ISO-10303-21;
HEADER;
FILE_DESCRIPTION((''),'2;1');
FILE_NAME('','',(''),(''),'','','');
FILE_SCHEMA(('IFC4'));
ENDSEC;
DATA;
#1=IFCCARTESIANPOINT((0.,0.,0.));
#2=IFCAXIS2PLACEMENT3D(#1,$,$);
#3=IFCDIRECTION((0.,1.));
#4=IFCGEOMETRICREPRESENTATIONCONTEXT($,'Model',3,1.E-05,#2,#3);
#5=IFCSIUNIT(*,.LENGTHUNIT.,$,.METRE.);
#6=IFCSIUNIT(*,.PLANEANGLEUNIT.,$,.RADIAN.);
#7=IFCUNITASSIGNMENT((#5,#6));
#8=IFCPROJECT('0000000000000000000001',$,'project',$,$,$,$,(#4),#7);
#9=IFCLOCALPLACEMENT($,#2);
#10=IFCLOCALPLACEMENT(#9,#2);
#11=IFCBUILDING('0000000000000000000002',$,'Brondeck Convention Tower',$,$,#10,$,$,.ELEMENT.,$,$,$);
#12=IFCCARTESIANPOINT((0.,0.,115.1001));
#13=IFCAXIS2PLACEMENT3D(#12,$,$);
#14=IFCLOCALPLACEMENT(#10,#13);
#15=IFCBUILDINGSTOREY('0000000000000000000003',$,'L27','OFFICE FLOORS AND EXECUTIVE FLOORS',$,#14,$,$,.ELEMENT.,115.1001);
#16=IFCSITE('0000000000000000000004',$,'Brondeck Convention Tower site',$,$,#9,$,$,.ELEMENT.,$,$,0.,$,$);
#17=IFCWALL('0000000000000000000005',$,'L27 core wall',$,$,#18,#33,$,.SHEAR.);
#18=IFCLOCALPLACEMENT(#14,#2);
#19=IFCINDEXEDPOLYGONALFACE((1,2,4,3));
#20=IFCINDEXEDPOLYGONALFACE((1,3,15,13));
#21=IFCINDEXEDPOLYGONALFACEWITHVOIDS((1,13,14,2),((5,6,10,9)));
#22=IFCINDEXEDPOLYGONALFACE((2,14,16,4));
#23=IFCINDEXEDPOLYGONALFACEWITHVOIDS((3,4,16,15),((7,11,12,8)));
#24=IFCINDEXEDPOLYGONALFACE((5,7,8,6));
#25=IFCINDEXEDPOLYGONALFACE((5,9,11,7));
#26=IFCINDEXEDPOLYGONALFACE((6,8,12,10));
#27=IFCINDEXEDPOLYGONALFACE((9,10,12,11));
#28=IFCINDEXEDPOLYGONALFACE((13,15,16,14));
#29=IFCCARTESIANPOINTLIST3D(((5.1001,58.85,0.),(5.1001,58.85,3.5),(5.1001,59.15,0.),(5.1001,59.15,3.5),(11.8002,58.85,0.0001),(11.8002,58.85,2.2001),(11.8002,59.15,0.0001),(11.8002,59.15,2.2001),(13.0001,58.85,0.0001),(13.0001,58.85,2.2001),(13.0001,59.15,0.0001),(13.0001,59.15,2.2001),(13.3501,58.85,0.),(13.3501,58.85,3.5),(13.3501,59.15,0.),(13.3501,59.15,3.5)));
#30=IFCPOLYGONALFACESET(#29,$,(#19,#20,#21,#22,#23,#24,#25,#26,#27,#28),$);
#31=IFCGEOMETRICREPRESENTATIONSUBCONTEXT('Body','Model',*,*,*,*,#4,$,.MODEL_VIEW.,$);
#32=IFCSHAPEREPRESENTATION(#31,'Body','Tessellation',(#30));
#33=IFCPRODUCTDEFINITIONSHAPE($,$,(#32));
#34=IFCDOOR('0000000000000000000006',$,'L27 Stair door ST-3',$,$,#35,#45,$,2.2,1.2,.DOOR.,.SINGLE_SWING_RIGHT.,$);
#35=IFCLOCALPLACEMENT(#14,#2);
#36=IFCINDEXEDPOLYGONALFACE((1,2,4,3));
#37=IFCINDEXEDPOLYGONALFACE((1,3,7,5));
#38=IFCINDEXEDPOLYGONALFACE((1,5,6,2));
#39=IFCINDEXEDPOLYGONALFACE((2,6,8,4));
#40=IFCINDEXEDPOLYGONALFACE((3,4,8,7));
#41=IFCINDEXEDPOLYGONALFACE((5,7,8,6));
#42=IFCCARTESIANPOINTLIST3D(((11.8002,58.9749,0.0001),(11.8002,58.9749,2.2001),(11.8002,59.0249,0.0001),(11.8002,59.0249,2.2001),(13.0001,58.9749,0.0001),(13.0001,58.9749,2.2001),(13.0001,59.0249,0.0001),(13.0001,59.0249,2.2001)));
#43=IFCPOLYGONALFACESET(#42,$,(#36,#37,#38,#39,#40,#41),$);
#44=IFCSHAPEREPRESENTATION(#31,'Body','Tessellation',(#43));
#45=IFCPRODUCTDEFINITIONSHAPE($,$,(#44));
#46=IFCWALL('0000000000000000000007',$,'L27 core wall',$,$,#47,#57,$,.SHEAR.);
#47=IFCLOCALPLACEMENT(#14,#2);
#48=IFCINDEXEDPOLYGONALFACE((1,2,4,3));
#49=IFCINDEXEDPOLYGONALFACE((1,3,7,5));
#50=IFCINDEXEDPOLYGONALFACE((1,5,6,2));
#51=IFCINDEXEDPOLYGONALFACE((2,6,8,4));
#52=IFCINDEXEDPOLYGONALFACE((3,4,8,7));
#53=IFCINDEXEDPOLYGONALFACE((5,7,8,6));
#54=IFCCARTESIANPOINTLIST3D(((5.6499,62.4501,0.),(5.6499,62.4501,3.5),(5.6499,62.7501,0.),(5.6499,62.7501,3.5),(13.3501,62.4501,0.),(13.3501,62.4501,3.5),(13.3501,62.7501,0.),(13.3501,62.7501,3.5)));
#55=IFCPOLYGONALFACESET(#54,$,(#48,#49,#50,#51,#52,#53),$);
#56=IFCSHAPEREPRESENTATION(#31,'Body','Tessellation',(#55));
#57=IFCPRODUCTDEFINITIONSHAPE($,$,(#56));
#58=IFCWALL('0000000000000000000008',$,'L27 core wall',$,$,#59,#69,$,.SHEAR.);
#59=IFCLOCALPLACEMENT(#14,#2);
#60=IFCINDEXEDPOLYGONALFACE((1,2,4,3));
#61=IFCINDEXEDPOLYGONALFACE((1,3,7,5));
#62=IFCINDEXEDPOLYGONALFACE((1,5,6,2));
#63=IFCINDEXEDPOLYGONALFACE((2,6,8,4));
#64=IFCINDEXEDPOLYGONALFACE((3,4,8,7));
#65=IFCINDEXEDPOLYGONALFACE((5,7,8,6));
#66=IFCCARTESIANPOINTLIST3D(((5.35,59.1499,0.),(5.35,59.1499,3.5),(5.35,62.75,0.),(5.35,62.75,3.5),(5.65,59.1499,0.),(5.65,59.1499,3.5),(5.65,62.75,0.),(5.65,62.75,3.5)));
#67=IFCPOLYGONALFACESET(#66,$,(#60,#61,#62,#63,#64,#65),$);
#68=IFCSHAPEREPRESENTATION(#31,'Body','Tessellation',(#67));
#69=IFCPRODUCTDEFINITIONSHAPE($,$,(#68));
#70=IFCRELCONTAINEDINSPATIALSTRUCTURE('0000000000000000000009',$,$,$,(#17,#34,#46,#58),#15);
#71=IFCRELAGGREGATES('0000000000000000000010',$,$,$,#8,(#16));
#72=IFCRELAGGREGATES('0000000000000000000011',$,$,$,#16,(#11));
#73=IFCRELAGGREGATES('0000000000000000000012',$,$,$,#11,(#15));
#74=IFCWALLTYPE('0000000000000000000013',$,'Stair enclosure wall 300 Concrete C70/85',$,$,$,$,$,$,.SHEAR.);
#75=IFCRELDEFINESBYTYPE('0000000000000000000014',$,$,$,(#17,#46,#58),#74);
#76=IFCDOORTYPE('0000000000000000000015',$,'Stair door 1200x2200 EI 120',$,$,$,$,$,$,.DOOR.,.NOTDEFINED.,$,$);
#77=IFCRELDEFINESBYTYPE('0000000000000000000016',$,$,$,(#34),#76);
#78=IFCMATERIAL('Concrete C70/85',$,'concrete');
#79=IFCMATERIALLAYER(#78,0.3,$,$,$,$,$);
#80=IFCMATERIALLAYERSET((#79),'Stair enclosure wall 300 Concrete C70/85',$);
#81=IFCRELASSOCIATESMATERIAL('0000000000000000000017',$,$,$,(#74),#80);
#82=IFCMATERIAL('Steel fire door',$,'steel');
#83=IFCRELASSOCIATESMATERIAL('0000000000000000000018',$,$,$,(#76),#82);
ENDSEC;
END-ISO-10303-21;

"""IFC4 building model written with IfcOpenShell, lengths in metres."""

from ifc_helpers import new_model, si_unit, direction, frame, frame_2d, origin, place, context, subcontext, project, spatial, rectangle, extrude, material, layer, layer_set, type_object, element, fill, save


model = new_model("IFC4")

# Units and contexts
model_context = context("Model", 3, precision=1e-05, world=origin(), true_north=direction((0.0, 1.0)))
body_context = subcontext(model_context, "Body", "Model", "MODEL_VIEW")
ifc_project = project(units=[si_unit("LENGTHUNIT", "METRE"), si_unit("PLANEANGLEUNIT", "RADIAN")], contexts=[model_context])

# Site, building, storey
site_placement = place(None, origin())
site = spatial("IfcSite", under=ifc_project, at=site_placement, Name="Brondeck Convention Tower site", CompositionType="ELEMENT", RefElevation=0.0)
building_placement = place(site_placement, origin())
building = spatial("IfcBuilding", under=site, at=building_placement, Name="Brondeck Convention Tower", CompositionType="ELEMENT")
storey_placement = place(building_placement, frame((0.0, 0.0, 115.1001)))
storey = spatial("IfcBuildingStorey", under=building, at=storey_placement, Name="L27", Description="OFFICE FLOORS AND EXECUTIVE FLOORS", CompositionType="ELEMENT", Elevation=115.1001)

# Shared definitions
ifc_material_1 = material(Name="Concrete C70/85", Category="concrete")

# Shared definitions
ifc_material_2 = material(Name="Steel fire door", Category="steel")

# Wall, opening, door
ifc_layer_1 = layer(ifc_material_1, 0.3)
ifc_layer_set_1 = layer_set([ifc_layer_1], Name="Stair enclosure wall 300 Concrete C70/85")
wall_type_1 = type_object("IfcWallType", Name="Stair enclosure wall 300 Concrete C70/85", PredefinedType="SHEAR", material=ifc_layer_set_1)
wall_1_placement = place(storey_placement, frame((5.1001, 59.0, 0.0), z_axis=(0.0, 0.0, 1.0), x_axis=(1.0, 0.0, 0.0)))
wall_1 = element("IfcWall", 1, at=wall_1_placement, inside=storey, type_object=wall_type_1, Name="L27 core wall", PredefinedType="SHEAR", context=body_context, shape_type="SweptSolid", body=[
    extrude(rectangle(XDim=8.25, YDim=0.3, at=frame_2d((4.125, 0.0))), origin(), (0.0, 0.0, 1.0), 3.5),
])
opening_1_placement = place(wall_1_placement, frame((6.7, 0.0, 0.0)))
opening_1 = element("IfcOpeningElement", 2, at=opening_1_placement, cuts=wall_1, PredefinedType="OPENING", context=body_context, shape_type="SweptSolid", body=[
    extrude(rectangle(XDim=1.2, YDim=2.2, at=frame_2d((0.6001, 1.1001))), frame((0.0, 0.1599, 0.0), z_axis=(0.0, -1.0, 0.0), x_axis=(1.0, 0.0, 0.0)), (0.0, 0.0, 1.0), 0.3201),
])
door_type_1 = type_object("IfcDoorType", Name="Stair door 1200x2200 EI 120", OperationType="NOTDEFINED", PredefinedType="DOOR", material=ifc_material_2)
door_1_placement = place(opening_1_placement, origin())
door_1 = element("IfcDoor", 3, at=door_1_placement, inside=storey, type_object=door_type_1, Name="L27 Stair door ST-3", OperationType="SINGLE_SWING_RIGHT", OverallHeight=2.2, OverallWidth=1.2, PredefinedType="DOOR", context=body_context, shape_type="SweptSolid", body=[
    extrude(rectangle(XDim=1.2, YDim=2.2, at=frame_2d((0.6001, 1.1001))), frame((0.0, 0.0249, 0.0), z_axis=(0.0, -1.0, 0.0), x_axis=(1.0, 0.0, 0.0)), (0.0, 0.0, 1.0), 0.05),
])
fill(opening_1, door_1)

# Walls
wall_2_placement = place(storey_placement, frame((5.6499, 62.6001, 0.0), z_axis=(0.0, 0.0, 1.0), x_axis=(1.0, 0.0, 0.0)))
element("IfcWall", 4, at=wall_2_placement, inside=storey, type_object=wall_type_1, Name="L27 core wall", PredefinedType="SHEAR", context=body_context, shape_type="SweptSolid", body=[
    extrude(rectangle(XDim=7.7002, YDim=0.3, at=frame_2d((3.8501, 0.0))), origin(), (0.0, 0.0, 1.0), 3.5),
])
wall_3_placement = place(storey_placement, frame((5.5, 59.1499, 0.0), z_axis=(0.0, 0.0, 1.0), x_axis=(0.0, 1.0, 0.0)))
element("IfcWall", 5, at=wall_3_placement, inside=storey, type_object=wall_type_1, Name="L27 core wall", PredefinedType="SHEAR", context=body_context, shape_type="SweptSolid", body=[
    extrude(rectangle(XDim=3.6001, YDim=0.3, at=frame_2d((1.8, 0.0))), origin(), (0.0, 0.0, 1.0), 3.5),
])

save(model, "model.ifc")
